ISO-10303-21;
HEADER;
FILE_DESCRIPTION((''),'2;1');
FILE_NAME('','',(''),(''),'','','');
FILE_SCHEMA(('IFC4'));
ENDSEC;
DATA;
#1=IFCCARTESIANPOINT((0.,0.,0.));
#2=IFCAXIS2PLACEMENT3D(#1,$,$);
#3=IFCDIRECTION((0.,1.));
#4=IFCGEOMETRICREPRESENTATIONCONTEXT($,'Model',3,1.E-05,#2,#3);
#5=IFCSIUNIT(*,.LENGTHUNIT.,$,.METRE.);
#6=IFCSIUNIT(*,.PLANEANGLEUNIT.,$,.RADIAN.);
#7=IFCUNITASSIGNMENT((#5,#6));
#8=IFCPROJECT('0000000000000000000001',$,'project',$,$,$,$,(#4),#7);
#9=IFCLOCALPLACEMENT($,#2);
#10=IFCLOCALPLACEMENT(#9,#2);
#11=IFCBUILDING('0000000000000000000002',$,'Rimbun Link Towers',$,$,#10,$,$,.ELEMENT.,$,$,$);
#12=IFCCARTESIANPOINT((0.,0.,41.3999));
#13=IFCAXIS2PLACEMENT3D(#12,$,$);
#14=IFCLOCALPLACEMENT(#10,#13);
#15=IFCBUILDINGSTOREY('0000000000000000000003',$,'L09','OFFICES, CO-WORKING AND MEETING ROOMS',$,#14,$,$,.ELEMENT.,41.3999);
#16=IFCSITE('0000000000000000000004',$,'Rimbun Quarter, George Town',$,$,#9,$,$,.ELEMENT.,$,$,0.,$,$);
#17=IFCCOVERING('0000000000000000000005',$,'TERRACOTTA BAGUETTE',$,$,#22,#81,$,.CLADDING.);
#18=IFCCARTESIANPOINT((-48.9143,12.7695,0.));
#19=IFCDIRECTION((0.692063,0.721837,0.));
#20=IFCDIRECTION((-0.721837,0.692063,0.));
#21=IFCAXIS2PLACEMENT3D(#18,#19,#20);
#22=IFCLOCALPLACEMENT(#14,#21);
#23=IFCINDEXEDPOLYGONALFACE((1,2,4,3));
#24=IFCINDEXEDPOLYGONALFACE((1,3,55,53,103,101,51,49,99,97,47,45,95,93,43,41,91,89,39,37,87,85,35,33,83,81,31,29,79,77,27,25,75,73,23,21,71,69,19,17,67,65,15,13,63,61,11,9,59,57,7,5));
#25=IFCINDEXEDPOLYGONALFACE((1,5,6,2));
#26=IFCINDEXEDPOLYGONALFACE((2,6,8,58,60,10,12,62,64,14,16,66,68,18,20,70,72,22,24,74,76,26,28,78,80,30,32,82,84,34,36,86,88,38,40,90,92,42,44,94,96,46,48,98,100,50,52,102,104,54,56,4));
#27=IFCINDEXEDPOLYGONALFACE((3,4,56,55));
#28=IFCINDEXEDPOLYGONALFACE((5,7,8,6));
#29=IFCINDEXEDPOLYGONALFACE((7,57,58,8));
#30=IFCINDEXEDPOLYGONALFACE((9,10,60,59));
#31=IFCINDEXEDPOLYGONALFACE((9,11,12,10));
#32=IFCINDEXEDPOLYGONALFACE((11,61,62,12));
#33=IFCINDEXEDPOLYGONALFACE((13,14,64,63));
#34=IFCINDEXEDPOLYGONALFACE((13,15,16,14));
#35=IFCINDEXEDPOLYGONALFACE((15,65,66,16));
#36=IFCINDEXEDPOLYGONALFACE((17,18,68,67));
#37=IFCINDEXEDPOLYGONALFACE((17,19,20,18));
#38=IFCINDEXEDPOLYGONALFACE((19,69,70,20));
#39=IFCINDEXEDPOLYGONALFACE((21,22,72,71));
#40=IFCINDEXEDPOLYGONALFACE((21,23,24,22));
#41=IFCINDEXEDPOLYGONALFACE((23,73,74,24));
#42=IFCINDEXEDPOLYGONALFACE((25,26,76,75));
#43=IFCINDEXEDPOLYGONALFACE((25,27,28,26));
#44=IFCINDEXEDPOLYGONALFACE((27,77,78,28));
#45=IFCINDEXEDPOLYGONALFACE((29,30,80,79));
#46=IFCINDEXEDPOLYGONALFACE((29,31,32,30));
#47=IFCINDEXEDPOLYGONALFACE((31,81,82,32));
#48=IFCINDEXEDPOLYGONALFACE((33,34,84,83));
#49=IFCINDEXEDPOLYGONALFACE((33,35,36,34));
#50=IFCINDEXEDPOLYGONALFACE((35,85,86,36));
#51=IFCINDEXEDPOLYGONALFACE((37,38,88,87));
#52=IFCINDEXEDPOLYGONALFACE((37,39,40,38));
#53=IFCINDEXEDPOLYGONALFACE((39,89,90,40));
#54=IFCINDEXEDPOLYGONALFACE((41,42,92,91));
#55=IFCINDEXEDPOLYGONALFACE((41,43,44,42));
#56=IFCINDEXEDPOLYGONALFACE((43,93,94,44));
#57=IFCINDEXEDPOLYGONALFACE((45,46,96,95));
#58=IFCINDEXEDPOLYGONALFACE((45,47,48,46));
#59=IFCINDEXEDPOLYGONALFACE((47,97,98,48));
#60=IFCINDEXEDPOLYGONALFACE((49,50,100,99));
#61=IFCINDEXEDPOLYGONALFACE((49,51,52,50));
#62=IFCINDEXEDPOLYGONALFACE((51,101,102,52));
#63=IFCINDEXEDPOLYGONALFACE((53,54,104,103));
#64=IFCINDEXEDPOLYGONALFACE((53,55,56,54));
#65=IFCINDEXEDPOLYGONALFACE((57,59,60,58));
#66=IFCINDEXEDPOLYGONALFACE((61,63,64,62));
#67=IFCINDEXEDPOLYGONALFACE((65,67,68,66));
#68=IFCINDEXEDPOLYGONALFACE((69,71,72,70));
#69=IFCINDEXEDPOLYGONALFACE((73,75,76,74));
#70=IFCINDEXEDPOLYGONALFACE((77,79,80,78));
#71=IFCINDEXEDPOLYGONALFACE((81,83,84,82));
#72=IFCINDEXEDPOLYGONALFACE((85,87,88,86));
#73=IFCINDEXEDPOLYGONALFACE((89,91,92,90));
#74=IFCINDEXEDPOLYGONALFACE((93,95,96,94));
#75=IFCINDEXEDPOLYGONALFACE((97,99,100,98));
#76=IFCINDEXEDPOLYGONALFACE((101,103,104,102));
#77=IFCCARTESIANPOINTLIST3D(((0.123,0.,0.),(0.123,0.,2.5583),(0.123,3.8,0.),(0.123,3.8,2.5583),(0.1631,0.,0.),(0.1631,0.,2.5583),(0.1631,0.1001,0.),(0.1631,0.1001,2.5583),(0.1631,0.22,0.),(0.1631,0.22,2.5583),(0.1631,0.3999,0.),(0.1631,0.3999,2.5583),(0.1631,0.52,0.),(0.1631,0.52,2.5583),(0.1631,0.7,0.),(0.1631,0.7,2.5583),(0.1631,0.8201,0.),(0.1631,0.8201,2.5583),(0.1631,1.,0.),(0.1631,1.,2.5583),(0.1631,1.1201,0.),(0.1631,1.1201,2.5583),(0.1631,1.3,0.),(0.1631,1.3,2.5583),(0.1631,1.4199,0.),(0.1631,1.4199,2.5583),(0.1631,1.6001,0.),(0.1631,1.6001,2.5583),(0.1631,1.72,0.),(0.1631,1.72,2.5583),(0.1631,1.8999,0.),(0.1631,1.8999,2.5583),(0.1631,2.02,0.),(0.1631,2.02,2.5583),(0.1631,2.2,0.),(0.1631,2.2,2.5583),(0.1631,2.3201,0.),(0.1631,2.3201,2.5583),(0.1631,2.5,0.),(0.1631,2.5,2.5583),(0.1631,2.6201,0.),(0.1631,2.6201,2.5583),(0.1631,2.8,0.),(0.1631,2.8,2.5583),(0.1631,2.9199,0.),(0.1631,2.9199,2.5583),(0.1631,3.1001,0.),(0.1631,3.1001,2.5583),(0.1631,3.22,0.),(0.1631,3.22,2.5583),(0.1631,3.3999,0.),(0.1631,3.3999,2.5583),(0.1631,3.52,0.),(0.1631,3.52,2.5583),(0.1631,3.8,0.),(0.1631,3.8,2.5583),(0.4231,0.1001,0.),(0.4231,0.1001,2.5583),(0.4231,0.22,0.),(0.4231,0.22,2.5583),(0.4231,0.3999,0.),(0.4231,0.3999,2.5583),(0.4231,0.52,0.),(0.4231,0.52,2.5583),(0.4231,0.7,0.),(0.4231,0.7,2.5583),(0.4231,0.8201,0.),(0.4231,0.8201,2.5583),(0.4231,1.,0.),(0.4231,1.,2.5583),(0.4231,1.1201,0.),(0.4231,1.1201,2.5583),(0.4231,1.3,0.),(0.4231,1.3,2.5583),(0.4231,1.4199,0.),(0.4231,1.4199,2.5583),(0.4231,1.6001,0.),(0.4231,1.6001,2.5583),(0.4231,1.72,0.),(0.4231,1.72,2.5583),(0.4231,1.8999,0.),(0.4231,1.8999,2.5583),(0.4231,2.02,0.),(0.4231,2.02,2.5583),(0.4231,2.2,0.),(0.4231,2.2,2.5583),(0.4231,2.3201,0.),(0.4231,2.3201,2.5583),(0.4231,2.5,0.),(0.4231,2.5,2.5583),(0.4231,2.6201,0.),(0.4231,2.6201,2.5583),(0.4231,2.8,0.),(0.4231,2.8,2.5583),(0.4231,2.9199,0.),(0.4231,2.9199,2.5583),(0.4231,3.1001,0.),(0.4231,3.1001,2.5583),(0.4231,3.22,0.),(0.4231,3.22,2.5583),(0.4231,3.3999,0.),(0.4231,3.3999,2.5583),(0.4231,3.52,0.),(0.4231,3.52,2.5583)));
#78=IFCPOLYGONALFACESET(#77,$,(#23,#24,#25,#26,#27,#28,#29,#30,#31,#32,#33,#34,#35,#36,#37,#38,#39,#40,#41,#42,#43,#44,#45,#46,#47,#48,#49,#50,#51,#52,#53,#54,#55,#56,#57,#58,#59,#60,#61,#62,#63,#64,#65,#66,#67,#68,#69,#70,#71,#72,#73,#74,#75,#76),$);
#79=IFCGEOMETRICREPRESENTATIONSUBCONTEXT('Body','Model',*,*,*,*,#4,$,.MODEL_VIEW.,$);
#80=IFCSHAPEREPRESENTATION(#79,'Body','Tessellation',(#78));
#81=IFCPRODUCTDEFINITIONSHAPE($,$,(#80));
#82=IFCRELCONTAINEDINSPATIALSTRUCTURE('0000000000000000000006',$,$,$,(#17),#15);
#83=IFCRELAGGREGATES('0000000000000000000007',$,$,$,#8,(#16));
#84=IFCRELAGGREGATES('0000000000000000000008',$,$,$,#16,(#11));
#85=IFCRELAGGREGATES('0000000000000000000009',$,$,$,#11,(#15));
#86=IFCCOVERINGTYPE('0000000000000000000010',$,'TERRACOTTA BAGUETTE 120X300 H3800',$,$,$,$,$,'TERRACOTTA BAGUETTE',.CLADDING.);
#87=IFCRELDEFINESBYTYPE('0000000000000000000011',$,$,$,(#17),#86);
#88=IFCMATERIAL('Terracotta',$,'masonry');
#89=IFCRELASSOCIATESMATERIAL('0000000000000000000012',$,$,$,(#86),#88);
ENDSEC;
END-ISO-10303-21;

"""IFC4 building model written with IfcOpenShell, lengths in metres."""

from ifc_helpers import new_model, si_unit, direction, frame, origin, place, context, subcontext, project, spatial, polyline, outline, extrude, material, material_profile, profile_set, type_object, element, save


model = new_model("IFC4")

# Units and contexts
model_context = context("Model", 3, precision=1e-05, world=origin(), true_north=direction((0.0, 1.0)))
body_context = subcontext(model_context, "Body", "Model", "MODEL_VIEW")
ifc_project = project(units=[si_unit("LENGTHUNIT", "METRE"), si_unit("PLANEANGLEUNIT", "RADIAN")], contexts=[model_context])

# Site, building, storey
site_placement = place(None, origin())
site = spatial("IfcSite", under=ifc_project, at=site_placement, Name="Rimbun Quarter, George Town", CompositionType="ELEMENT", RefElevation=0.0)
building_placement = place(site_placement, origin())
building = spatial("IfcBuilding", under=site, at=building_placement, Name="Rimbun Link Towers", CompositionType="ELEMENT")
storey_placement = place(building_placement, frame((0.0, 0.0, 41.3999)))
storey = spatial("IfcBuildingStorey", under=building, at=storey_placement, Name="L09", Description="OFFICES, CO-WORKING AND MEETING ROOMS", CompositionType="ELEMENT", Elevation=41.3999)

# Covering
ifc_material_1 = material(Name="Terracotta", Category="masonry")
ifc_material_profile_1 = material_profile(ifc_material_1, outline(polyline([(0.123, 0.0), (0.1631, 0.0), (0.1631, 0.1001), (0.4231, 0.1001), (0.4231, 0.22), (0.1631, 0.22), (0.1631, 0.3999), (0.4231, 0.3999), (0.4231, 0.52), (0.1631, 0.52), (0.1631, 0.7), (0.4231, 0.7), (0.4231, 0.8201), (0.1631, 0.8201), (0.1631, 1.0), (0.4231, 1.0), (0.4231, 1.1201), (0.1631, 1.1201), (0.1631, 1.3), (0.4231, 1.3), (0.4231, 1.4199), (0.1631, 1.4199), (0.1631, 1.6001), (0.4231, 1.6001), (0.4231, 1.72), (0.1631, 1.72), (0.1631, 1.8999), (0.4231, 1.8999), (0.4231, 2.02), (0.1631, 2.02), (0.1631, 2.2), (0.4231, 2.2), (0.4231, 2.3201), (0.1631, 2.3201), (0.1631, 2.5), (0.4231, 2.5), (0.4231, 2.6201), (0.1631, 2.6201), (0.1631, 2.8), (0.4231, 2.8), (0.4231, 2.9199), (0.1631, 2.9199), (0.1631, 3.1001), (0.4231, 3.1001), (0.4231, 3.22), (0.1631, 3.22), (0.1631, 3.3999), (0.4231, 3.3999), (0.4231, 3.52), (0.1631, 3.52), (0.1631, 3.8), (0.123, 3.8), (0.123, 0.0)])), Name="BAGUETTE 120X300")
ifc_profile_set_1 = profile_set([ifc_material_profile_1], Name="Terracotta")
covering_type = type_object("IfcCoveringType", Name="TERRACOTTA BAGUETTE 120X300 H3800", ElementType="TERRACOTTA BAGUETTE", PredefinedType="CLADDING", material=ifc_profile_set_1)
covering_1_placement = place(storey_placement, frame((-48.9143, 12.7695, 0.0), z_axis=(0.692063, 0.721837, 0.0), x_axis=(-0.721837, 0.692063, 0.0)))
element("IfcCovering", 1, at=covering_1_placement, inside=storey, type_object=covering_type, Name="TERRACOTTA BAGUETTE", PredefinedType="CLADDING", context=body_context, shape_type="SweptSolid", body=[
    extrude(outline(polyline([(0.123, 0.0), (0.1631, 0.0), (0.1631, 0.1001), (0.4231, 0.1001), (0.4231, 0.22), (0.1631, 0.22), (0.1631, 0.3999), (0.4231, 0.3999), (0.4231, 0.52), (0.1631, 0.52), (0.1631, 0.7), (0.4231, 0.7), (0.4231, 0.8201), (0.1631, 0.8201), (0.1631, 1.0), (0.4231, 1.0), (0.4231, 1.1201), (0.1631, 1.1201), (0.1631, 1.3), (0.4231, 1.3), (0.4231, 1.4199), (0.1631, 1.4199), (0.1631, 1.6001), (0.4231, 1.6001), (0.4231, 1.72), (0.1631, 1.72), (0.1631, 1.8999), (0.4231, 1.8999), (0.4231, 2.02), (0.1631, 2.02), (0.1631, 2.2), (0.4231, 2.2), (0.4231, 2.3201), (0.1631, 2.3201), (0.1631, 2.5), (0.4231, 2.5), (0.4231, 2.6201), (0.1631, 2.6201), (0.1631, 2.8), (0.4231, 2.8), (0.4231, 2.9199), (0.1631, 2.9199), (0.1631, 3.1001), (0.4231, 3.1001), (0.4231, 3.22), (0.1631, 3.22), (0.1631, 3.3999), (0.4231, 3.3999), (0.4231, 3.52), (0.1631, 3.52), (0.1631, 3.8), (0.123, 3.8), (0.123, 0.0)])), origin(), (0.0, 0.0, 1.0), 2.5583),
])

save(model, "model.ifc")
